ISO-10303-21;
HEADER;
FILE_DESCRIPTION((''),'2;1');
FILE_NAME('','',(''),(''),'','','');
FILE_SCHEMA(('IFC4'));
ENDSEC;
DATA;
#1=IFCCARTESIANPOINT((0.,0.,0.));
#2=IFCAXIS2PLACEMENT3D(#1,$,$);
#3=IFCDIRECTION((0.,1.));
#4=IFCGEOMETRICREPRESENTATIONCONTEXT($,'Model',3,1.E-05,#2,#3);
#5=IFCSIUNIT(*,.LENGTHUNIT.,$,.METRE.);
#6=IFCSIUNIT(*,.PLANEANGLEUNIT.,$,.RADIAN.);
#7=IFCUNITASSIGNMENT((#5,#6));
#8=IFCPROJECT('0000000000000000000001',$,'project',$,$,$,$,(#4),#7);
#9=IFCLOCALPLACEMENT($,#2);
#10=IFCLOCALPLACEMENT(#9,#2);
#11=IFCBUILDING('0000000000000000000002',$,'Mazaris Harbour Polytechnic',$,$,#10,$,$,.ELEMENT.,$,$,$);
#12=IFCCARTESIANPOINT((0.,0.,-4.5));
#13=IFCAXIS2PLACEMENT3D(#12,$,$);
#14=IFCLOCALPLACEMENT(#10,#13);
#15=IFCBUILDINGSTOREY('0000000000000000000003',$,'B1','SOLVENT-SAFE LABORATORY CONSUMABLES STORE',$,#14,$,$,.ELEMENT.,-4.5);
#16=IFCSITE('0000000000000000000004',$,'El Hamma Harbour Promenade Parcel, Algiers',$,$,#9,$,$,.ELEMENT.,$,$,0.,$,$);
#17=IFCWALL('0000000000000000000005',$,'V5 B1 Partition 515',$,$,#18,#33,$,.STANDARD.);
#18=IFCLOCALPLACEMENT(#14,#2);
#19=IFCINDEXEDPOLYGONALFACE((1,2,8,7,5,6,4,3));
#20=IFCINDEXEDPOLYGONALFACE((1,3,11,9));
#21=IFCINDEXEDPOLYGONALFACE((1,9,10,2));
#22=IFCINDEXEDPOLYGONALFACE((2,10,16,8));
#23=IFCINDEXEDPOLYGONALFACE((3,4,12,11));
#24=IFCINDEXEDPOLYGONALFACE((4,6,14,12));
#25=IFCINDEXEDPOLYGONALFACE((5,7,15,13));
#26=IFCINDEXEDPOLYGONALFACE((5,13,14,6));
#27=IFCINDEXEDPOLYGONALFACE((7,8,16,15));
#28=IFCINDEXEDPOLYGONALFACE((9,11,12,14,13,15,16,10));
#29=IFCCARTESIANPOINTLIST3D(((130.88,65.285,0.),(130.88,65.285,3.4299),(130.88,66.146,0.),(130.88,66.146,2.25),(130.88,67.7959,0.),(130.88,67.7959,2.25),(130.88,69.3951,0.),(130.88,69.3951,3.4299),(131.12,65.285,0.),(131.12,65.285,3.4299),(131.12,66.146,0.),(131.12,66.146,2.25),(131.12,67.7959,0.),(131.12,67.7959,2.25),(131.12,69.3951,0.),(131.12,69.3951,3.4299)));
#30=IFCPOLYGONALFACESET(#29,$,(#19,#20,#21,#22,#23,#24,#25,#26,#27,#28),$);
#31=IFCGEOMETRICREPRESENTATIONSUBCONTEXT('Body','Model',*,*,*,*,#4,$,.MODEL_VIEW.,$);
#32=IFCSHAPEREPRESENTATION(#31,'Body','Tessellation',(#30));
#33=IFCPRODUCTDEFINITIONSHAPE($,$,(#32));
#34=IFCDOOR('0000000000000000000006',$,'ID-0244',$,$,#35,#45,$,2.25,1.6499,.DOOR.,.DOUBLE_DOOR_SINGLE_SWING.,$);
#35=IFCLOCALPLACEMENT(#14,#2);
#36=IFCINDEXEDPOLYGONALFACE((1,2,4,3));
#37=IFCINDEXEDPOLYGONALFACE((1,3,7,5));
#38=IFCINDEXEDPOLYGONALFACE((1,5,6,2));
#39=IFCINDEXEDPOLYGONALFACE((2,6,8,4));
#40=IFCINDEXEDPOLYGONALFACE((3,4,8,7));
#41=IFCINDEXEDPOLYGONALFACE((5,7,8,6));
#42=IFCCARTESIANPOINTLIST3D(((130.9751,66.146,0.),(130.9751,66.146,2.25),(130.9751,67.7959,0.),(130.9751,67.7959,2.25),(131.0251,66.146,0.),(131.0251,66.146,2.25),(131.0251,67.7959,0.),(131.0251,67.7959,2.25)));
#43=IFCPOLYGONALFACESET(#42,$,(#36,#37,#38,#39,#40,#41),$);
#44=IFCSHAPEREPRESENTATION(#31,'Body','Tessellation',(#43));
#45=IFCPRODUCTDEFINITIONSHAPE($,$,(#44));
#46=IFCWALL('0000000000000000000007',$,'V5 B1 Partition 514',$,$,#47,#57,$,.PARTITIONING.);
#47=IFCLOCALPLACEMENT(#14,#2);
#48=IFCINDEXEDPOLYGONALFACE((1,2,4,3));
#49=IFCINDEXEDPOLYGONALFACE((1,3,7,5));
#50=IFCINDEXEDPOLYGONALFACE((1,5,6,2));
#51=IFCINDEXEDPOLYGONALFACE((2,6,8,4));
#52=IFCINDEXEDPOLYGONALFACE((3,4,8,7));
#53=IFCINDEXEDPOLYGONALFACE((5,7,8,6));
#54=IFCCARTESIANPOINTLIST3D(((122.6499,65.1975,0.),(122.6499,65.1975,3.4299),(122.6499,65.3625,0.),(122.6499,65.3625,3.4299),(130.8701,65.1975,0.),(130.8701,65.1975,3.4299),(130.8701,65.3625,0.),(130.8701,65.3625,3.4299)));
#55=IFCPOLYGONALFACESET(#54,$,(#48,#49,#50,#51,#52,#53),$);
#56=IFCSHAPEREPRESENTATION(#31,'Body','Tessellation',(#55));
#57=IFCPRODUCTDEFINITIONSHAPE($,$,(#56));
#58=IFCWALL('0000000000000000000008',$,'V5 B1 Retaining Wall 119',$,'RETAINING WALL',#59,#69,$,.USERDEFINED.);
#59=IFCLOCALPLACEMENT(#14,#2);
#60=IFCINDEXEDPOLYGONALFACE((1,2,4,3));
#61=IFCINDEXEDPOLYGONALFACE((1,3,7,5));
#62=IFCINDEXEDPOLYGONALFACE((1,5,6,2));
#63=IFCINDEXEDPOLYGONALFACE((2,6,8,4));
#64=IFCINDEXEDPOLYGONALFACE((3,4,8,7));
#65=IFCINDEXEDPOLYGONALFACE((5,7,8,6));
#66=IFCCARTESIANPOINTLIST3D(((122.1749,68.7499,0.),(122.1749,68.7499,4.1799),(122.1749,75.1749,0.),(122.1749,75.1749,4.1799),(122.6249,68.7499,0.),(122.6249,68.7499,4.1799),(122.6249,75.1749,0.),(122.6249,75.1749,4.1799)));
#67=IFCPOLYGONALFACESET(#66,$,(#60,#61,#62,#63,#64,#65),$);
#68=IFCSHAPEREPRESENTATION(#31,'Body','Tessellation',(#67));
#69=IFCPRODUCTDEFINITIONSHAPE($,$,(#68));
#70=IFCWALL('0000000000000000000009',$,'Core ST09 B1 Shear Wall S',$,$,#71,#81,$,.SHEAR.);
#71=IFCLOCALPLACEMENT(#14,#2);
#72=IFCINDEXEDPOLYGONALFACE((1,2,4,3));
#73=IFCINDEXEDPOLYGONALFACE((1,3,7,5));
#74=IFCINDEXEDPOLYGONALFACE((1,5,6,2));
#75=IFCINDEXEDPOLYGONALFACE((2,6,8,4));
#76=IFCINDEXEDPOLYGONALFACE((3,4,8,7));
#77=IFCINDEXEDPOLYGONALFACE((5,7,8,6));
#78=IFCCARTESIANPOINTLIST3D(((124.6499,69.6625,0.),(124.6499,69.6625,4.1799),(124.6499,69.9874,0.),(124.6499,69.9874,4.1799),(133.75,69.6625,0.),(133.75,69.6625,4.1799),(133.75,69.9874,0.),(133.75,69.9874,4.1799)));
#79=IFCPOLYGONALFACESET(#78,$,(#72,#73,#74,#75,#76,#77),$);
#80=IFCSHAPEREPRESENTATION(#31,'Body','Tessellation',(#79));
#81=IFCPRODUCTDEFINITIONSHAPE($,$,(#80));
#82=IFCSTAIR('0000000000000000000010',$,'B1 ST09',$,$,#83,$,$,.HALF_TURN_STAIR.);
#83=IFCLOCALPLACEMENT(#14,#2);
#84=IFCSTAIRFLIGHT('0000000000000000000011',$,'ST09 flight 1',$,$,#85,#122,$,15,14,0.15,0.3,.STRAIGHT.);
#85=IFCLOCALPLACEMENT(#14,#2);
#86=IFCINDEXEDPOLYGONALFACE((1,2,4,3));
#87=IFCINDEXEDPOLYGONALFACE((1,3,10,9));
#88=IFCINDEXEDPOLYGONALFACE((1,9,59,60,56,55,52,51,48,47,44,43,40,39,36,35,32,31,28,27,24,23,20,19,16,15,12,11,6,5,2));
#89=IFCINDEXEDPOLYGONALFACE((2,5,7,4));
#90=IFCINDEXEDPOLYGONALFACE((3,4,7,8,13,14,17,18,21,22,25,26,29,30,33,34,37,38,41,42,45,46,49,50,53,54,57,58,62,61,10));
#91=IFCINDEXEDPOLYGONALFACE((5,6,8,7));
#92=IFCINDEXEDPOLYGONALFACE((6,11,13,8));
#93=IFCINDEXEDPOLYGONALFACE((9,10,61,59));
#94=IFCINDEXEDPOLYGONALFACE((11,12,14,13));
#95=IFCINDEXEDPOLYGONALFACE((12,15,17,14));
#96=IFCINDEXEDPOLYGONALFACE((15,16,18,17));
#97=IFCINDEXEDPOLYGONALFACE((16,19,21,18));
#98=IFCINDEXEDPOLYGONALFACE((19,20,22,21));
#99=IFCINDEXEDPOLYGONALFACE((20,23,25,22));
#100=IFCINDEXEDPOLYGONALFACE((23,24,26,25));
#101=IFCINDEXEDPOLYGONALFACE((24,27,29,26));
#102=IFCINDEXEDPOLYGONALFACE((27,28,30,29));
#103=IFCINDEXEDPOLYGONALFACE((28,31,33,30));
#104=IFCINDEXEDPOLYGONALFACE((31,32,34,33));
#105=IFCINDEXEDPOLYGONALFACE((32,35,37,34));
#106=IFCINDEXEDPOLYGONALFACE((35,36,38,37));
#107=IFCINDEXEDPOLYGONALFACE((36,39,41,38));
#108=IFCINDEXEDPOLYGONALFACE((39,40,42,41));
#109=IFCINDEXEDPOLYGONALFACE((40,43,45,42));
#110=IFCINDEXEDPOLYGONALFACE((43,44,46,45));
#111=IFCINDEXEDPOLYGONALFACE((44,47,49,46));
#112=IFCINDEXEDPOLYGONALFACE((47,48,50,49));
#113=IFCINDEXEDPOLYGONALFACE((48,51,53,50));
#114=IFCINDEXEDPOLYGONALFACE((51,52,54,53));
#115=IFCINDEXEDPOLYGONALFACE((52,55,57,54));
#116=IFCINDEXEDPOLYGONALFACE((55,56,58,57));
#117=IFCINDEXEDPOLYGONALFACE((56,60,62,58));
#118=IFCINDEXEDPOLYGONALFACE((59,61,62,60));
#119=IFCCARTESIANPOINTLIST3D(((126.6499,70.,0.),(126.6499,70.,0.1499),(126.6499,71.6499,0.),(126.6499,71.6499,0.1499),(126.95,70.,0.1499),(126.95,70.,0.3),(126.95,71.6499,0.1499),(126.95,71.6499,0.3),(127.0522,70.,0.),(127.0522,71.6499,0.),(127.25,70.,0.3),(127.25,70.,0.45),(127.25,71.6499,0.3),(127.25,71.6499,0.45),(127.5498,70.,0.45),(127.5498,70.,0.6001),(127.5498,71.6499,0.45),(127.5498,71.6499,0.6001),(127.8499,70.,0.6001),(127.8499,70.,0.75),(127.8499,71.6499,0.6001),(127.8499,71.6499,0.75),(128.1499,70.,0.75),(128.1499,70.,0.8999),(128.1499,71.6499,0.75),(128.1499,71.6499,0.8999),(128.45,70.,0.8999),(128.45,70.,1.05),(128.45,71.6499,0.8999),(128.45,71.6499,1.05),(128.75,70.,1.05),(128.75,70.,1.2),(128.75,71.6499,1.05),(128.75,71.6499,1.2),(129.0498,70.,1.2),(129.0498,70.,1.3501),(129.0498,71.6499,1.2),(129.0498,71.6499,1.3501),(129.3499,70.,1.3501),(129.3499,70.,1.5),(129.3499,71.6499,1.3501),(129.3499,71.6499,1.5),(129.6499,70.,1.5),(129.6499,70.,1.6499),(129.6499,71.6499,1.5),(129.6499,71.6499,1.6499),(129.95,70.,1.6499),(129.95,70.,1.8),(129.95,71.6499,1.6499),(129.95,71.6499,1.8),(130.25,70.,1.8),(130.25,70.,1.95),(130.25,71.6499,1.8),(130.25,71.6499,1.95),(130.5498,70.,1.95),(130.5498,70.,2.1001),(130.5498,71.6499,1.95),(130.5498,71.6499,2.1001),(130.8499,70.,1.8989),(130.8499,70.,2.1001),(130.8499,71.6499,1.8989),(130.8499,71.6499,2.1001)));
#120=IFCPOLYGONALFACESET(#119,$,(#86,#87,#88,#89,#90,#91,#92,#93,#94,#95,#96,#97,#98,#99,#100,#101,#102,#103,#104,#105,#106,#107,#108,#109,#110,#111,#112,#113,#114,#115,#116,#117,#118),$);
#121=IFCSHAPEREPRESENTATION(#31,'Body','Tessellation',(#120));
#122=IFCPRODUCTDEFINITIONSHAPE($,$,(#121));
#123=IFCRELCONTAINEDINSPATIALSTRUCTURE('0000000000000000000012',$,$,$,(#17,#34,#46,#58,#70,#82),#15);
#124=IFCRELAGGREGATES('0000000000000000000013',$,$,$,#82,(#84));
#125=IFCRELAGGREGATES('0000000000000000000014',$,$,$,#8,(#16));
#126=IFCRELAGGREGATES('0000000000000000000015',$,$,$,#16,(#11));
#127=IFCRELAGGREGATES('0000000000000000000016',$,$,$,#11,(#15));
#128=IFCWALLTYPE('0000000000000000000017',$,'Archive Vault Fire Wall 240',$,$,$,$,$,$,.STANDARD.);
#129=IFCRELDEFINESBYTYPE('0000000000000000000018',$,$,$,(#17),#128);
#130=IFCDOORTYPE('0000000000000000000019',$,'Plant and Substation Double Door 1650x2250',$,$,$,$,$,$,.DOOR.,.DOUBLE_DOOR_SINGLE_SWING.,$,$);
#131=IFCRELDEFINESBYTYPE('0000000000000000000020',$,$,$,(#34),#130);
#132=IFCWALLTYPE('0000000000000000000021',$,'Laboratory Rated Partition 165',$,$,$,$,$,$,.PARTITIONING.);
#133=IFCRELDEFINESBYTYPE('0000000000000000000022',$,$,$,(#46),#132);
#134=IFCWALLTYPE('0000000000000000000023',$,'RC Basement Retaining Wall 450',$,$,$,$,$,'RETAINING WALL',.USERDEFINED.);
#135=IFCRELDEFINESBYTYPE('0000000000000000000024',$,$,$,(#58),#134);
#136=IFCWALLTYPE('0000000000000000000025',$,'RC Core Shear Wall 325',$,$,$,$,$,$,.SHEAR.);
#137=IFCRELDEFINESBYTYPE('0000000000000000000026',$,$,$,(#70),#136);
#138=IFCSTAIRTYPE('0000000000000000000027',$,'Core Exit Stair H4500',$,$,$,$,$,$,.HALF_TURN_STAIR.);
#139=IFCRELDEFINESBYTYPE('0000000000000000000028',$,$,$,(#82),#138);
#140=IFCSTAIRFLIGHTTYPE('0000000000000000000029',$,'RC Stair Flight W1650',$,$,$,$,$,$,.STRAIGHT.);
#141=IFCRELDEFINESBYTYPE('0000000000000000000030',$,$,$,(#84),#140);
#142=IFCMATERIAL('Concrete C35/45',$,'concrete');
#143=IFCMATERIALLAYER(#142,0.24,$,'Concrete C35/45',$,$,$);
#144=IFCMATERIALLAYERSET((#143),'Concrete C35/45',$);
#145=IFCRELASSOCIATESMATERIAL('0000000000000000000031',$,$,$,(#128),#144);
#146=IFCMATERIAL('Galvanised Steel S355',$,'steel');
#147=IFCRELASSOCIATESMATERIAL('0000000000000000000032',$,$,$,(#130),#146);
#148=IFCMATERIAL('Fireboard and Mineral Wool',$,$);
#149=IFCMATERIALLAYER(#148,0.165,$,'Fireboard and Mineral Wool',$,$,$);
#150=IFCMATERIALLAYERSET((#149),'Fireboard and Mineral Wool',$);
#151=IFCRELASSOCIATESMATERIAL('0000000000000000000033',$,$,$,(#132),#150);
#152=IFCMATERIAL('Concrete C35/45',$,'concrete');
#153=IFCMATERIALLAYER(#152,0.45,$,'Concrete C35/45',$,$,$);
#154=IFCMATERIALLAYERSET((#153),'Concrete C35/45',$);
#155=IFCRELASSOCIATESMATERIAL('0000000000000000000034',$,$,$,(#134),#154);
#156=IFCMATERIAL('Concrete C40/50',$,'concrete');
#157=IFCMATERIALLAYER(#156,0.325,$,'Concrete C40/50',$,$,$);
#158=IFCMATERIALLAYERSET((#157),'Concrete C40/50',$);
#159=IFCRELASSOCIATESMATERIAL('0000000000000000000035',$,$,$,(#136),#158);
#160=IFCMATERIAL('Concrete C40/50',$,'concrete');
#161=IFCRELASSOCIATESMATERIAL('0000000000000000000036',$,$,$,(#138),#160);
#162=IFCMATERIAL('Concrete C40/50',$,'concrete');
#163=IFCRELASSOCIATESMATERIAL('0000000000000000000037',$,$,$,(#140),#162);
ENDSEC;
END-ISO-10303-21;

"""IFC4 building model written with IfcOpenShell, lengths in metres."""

from ifc_helpers import new_model, si_unit, direction, frame, frame_2d, origin, place, context, subcontext, project, spatial, polyline, rectangle, outline, extrude, material, layer, layer_set, type_object, element, fill, aggregate, save


model = new_model("IFC4")

# Units and contexts
model_context = context("Model", 3, precision=1e-05, world=origin(), true_north=direction((0.0, 1.0)))
body_context = subcontext(model_context, "Body", "Model", "MODEL_VIEW")
ifc_project = project(units=[si_unit("LENGTHUNIT", "METRE"), si_unit("PLANEANGLEUNIT", "RADIAN")], contexts=[model_context])

# Site, building, storey
site_placement = place(None, origin())
site = spatial("IfcSite", under=ifc_project, at=site_placement, Name="El Hamma Harbour Promenade Parcel, Algiers", CompositionType="ELEMENT", RefElevation=0.0)
building_placement = place(site_placement, origin())
building = spatial("IfcBuilding", under=site, at=building_placement, Name="Mazaris Harbour Polytechnic", CompositionType="ELEMENT")
storey_placement = place(building_placement, frame((0.0, 0.0, -4.5)))
storey = spatial("IfcBuildingStorey", under=building, at=storey_placement, Name="B1", Description="SOLVENT-SAFE LABORATORY CONSUMABLES STORE", CompositionType="ELEMENT", Elevation=-4.5)

# Wall, opening, door
ifc_material_1 = material(Name="Concrete C35/45", Category="concrete")
ifc_layer_1 = layer(ifc_material_1, 0.24, Name="Concrete C35/45")
ifc_layer_set_1 = layer_set([ifc_layer_1], Name="Concrete C35/45")
wall_type_1 = type_object("IfcWallType", Name="Archive Vault Fire Wall 240", PredefinedType="STANDARD", material=ifc_layer_set_1)
wall_1_placement = place(storey_placement, frame((131.0, 65.2849, 0.0), z_axis=(0.0, 0.0, 1.0), x_axis=(0.0, 1.0, 0.0)))
wall_1 = element("IfcWall", 1, at=wall_1_placement, inside=storey, type_object=wall_type_1, Name="V5 B1 Partition 515", PredefinedType="STANDARD", context=body_context, shape_type="SweptSolid", body=[
    extrude(rectangle(XDim=4.1101, YDim=0.24, at=frame_2d((2.0552, 0.0))), origin(), (0.0, 0.0, 1.0), 3.4299),
])
opening_placement = place(wall_1_placement, frame((0.8611, 0.0, 0.0)))
opening = element("IfcOpeningElement", 2, at=opening_placement, cuts=wall_1, PredefinedType="OPENING", context=body_context, shape_type="SweptSolid", body=[
    extrude(rectangle(XDim=1.6499, YDim=2.25, at=frame_2d((0.825, 1.125))), frame((0.0, 0.1299, 0.0), z_axis=(0.0, -1.0, 0.0), x_axis=(1.0, 0.0, 0.0)), (0.0, 0.0, 1.0), 0.26),
])
ifc_material_2 = material(Name="Galvanised Steel S355", Category="steel")
door_type = type_object("IfcDoorType", Name="Plant and Substation Double Door 1650x2250", OperationType="DOUBLE_DOOR_SINGLE_SWING", PredefinedType="DOOR", material=ifc_material_2)
door_placement = place(opening_placement, origin())
door = element("IfcDoor", 3, at=door_placement, inside=storey, type_object=door_type, Name="ID-0244", OperationType="DOUBLE_DOOR_SINGLE_SWING", OverallHeight=2.25, OverallWidth=1.6499, PredefinedType="DOOR", context=body_context, shape_type="SweptSolid", body=[
    extrude(rectangle(XDim=1.6499, YDim=2.25, at=frame_2d((0.825, 1.125))), frame((0.0, 0.0249, 0.0), z_axis=(0.0, -1.0, 0.0), x_axis=(1.0, 0.0, 0.0)), (0.0, 0.0, 1.0), 0.05),
])
fill(opening, door)

# Walls
ifc_material_3 = material(Name="Fireboard and Mineral Wool")
ifc_layer_2 = layer(ifc_material_3, 0.165, Name="Fireboard and Mineral Wool")
ifc_layer_set_2 = layer_set([ifc_layer_2], Name="Fireboard and Mineral Wool")
wall_type_2 = type_object("IfcWallType", Name="Laboratory Rated Partition 165", PredefinedType="PARTITIONING", material=ifc_layer_set_2)
wall_2_placement = place(storey_placement, frame((122.6499, 65.28, 0.0), z_axis=(0.0, 0.0, 1.0), x_axis=(1.0, 0.0, 0.0)))
element("IfcWall", 4, at=wall_2_placement, inside=storey, type_object=wall_type_2, Name="V5 B1 Partition 514", PredefinedType="PARTITIONING", context=body_context, shape_type="SweptSolid", body=[
    extrude(rectangle(XDim=8.2202, YDim=0.165, at=frame_2d((4.1101, 0.0))), origin(), (0.0, 0.0, 1.0), 3.4299),
])
ifc_material_4 = material(Name="Concrete C35/45", Category="concrete")
ifc_layer_3 = layer(ifc_material_4, 0.45, Name="Concrete C35/45")
ifc_layer_set_3 = layer_set([ifc_layer_3], Name="Concrete C35/45")
wall_type_3 = type_object("IfcWallType", Name="RC Basement Retaining Wall 450", ElementType="RETAINING WALL", PredefinedType="USERDEFINED", material=ifc_layer_set_3)
wall_3_placement = place(storey_placement, frame((122.3999, 68.75, 0.0), z_axis=(0.0, 0.0, 1.0), x_axis=(0.0, 1.0, 0.0)))
element("IfcWall", 5, at=wall_3_placement, inside=storey, type_object=wall_type_3, Name="V5 B1 Retaining Wall 119", ObjectType="RETAINING WALL", PredefinedType="USERDEFINED", context=body_context, shape_type="SweptSolid", body=[
    extrude(rectangle(XDim=6.425, YDim=0.45, at=frame_2d((3.2124, 0.0))), origin(), (0.0, 0.0, 1.0), 4.1799),
])
ifc_material_5 = material(Name="Concrete C40/50", Category="concrete")
ifc_layer_4 = layer(ifc_material_5, 0.325, Name="Concrete C40/50")
ifc_layer_set_4 = layer_set([ifc_layer_4], Name="Concrete C40/50")
wall_type_4 = type_object("IfcWallType", Name="RC Core Shear Wall 325", PredefinedType="SHEAR", material=ifc_layer_set_4)
wall_4_placement = place(storey_placement, frame((124.6499, 69.825, 0.0), z_axis=(0.0, 0.0, 1.0), x_axis=(1.0, 0.0, 0.0)))
element("IfcWall", 6, at=wall_4_placement, inside=storey, type_object=wall_type_4, Name="Core ST09 B1 Shear Wall S", PredefinedType="SHEAR", context=body_context, shape_type="SweptSolid", body=[
    extrude(rectangle(XDim=9.1001, YDim=0.325, at=frame_2d((4.55, 0.0))), origin(), (0.0, 0.0, 1.0), 4.1799),
])

# Stair, stair flight
ifc_material_6 = material(Name="Concrete C40/50", Category="concrete")
stair_type = type_object("IfcStairType", Name="Core Exit Stair H4500", PredefinedType="HALF_TURN_STAIR", material=ifc_material_6)
stair_placement = place(storey_placement, origin())
stair = element("IfcStair", 7, at=stair_placement, inside=storey, type_object=stair_type, Name="B1 ST09", PredefinedType="HALF_TURN_STAIR")
ifc_material_7 = material(Name="Concrete C40/50", Category="concrete")
stair_flight_type = type_object("IfcStairFlightType", Name="RC Stair Flight W1650", PredefinedType="STRAIGHT", material=ifc_material_7)
stair_flight_placement = place(storey_placement, frame((126.6499, 70.825, 0.0), z_axis=(0.0, 0.0, 1.0), x_axis=(1.0, 0.0, 0.0)))
stair_flight = element("IfcStairFlight", 8, at=stair_flight_placement, type_object=stair_flight_type, Name="ST09 flight 1", NumberOfRisers=15, NumberOfTreads=14, PredefinedType="STRAIGHT", RiserHeight=0.15, TreadLength=0.3, context=body_context, shape_type="SweptSolid", body=[
    extrude(outline(polyline([(0.0, 0.0), (0.0, 0.1499), (0.3, 0.1499), (0.3, 0.3), (0.6001, 0.3), (0.6001, 0.45), (0.8999, 0.45), (0.8999, 0.6001), (1.2, 0.6001), (1.2, 0.75), (1.5, 0.75), (1.5, 0.8999), (1.8, 0.8999), (1.8, 1.05), (2.1001, 1.05), (2.1001, 1.2), (2.3999, 1.2), (2.3999, 1.3501), (2.7, 1.3501), (2.7, 1.5), (3.0, 1.5), (3.0, 1.6499), (3.3, 1.6499), (3.3, 1.8), (3.6001, 1.8), (3.6001, 1.95), (3.8999, 1.95), (3.8999, 2.1001), (4.2, 2.1001), (4.2, 2.25), (4.2, 1.8989), (0.4023, 0.0), (0.0, 0.0)])), frame((0.0, 0.825, 0.0), z_axis=(0.0, -1.0, 0.0), x_axis=(1.0, 0.0, 0.0)), (0.0, 0.0, 1.0), 1.6499),
])
aggregate(stair, [stair_flight])

save(model, "model.ifc")
